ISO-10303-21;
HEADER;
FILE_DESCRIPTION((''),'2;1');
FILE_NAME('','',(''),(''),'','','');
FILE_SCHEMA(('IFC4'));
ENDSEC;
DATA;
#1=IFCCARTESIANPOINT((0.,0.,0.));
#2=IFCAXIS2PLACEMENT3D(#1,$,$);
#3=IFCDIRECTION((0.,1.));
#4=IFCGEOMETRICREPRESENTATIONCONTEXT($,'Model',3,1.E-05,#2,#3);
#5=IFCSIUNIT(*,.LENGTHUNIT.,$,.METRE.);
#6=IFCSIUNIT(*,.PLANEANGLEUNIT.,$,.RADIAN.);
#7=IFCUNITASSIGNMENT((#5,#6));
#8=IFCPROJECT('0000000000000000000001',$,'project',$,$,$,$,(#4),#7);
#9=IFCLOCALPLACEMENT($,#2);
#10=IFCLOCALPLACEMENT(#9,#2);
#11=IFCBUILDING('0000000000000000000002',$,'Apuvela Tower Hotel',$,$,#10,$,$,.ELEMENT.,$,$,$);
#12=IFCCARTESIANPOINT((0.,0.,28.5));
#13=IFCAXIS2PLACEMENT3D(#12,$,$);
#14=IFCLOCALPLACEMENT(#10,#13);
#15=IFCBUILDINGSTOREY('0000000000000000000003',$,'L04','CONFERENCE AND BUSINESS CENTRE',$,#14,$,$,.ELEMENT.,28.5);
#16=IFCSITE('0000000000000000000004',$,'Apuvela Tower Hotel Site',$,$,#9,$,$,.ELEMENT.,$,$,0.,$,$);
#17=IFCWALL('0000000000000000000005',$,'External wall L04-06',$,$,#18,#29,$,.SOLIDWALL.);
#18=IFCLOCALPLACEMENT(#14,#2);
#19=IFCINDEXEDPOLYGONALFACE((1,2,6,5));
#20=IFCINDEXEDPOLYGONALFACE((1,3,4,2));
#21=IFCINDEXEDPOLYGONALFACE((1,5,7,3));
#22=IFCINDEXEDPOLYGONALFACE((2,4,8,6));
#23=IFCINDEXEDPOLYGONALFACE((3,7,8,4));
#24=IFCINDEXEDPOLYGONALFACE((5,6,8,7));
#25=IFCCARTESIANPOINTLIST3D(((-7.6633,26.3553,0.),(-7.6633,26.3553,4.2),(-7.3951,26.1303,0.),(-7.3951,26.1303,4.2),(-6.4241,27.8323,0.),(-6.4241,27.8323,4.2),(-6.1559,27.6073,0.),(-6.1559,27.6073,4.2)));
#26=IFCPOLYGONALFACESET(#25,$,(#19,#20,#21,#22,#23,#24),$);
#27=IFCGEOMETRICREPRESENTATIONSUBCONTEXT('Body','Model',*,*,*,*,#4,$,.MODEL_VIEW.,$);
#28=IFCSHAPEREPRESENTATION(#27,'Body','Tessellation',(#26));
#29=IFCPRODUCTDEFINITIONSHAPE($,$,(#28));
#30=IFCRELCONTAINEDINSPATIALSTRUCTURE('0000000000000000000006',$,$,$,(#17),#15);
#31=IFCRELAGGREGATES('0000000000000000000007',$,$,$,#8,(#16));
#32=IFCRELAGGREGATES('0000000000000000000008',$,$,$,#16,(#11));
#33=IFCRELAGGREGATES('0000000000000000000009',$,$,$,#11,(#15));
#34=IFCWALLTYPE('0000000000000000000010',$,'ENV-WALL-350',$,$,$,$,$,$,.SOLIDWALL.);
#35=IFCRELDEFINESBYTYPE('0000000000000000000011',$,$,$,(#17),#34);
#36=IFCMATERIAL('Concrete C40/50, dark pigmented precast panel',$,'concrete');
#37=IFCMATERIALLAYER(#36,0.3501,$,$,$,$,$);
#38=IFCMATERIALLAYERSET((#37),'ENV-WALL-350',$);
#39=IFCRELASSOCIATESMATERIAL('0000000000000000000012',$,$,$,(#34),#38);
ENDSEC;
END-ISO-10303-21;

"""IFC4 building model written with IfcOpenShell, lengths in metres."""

from ifc_helpers import new_model, si_unit, direction, frame, frame_2d, origin, place, context, subcontext, project, spatial, rectangle, extrude, material, layer, layer_set, type_object, element, save


model = new_model("IFC4")

# Units and contexts
model_context = context("Model", 3, precision=1e-05, world=origin(), true_north=direction((0.0, 1.0)))
body_context = subcontext(model_context, "Body", "Model", "MODEL_VIEW")
ifc_project = project(units=[si_unit("LENGTHUNIT", "METRE"), si_unit("PLANEANGLEUNIT", "RADIAN")], contexts=[model_context])

# Site, building, storey
site_placement = place(None, origin())
site = spatial("IfcSite", under=ifc_project, at=site_placement, Name="Apuvela Tower Hotel Site", CompositionType="ELEMENT", RefElevation=0.0)
building_placement = place(site_placement, origin())
building = spatial("IfcBuilding", under=site, at=building_placement, Name="Apuvela Tower Hotel", CompositionType="ELEMENT")
storey_placement = place(building_placement, frame((0.0, 0.0, 28.5)))
storey = spatial("IfcBuildingStorey", under=building, at=storey_placement, Name="L04", Description="CONFERENCE AND BUSINESS CENTRE", CompositionType="ELEMENT", Elevation=28.5)

# Wall
ifc_material_1 = material(Name="Concrete C40/50, dark pigmented precast panel", Category="concrete")
ifc_layer_1 = layer(ifc_material_1, 0.3501)
ifc_layer_set_1 = layer_set([ifc_layer_1], Name="ENV-WALL-350")
wall_type_1 = type_object("IfcWallType", Name="ENV-WALL-350", PredefinedType="SOLIDWALL", material=ifc_layer_set_1)
for number, where, z_axis, x_axis, name in (
    (1, (-6.29, 27.7197, 0.0), (0.0, 0.0, 1.0), (-0.642747, -0.766079, 0.0), "External wall L04-06"),
):
    element("IfcWall", number, at=place(storey_placement, frame(where, z_axis=z_axis, x_axis=x_axis)), inside=storey, type_object=wall_type_1, Name=name, PredefinedType="SOLIDWALL", context=body_context, shape_type="SweptSolid", body=[
        extrude(rectangle(XDim=1.928, YDim=0.3501, at=frame_2d((0.9639, 0.0))), origin(), (0.0, 0.0, 1.0), 4.2),
    ])

save(model, "model.ifc")
